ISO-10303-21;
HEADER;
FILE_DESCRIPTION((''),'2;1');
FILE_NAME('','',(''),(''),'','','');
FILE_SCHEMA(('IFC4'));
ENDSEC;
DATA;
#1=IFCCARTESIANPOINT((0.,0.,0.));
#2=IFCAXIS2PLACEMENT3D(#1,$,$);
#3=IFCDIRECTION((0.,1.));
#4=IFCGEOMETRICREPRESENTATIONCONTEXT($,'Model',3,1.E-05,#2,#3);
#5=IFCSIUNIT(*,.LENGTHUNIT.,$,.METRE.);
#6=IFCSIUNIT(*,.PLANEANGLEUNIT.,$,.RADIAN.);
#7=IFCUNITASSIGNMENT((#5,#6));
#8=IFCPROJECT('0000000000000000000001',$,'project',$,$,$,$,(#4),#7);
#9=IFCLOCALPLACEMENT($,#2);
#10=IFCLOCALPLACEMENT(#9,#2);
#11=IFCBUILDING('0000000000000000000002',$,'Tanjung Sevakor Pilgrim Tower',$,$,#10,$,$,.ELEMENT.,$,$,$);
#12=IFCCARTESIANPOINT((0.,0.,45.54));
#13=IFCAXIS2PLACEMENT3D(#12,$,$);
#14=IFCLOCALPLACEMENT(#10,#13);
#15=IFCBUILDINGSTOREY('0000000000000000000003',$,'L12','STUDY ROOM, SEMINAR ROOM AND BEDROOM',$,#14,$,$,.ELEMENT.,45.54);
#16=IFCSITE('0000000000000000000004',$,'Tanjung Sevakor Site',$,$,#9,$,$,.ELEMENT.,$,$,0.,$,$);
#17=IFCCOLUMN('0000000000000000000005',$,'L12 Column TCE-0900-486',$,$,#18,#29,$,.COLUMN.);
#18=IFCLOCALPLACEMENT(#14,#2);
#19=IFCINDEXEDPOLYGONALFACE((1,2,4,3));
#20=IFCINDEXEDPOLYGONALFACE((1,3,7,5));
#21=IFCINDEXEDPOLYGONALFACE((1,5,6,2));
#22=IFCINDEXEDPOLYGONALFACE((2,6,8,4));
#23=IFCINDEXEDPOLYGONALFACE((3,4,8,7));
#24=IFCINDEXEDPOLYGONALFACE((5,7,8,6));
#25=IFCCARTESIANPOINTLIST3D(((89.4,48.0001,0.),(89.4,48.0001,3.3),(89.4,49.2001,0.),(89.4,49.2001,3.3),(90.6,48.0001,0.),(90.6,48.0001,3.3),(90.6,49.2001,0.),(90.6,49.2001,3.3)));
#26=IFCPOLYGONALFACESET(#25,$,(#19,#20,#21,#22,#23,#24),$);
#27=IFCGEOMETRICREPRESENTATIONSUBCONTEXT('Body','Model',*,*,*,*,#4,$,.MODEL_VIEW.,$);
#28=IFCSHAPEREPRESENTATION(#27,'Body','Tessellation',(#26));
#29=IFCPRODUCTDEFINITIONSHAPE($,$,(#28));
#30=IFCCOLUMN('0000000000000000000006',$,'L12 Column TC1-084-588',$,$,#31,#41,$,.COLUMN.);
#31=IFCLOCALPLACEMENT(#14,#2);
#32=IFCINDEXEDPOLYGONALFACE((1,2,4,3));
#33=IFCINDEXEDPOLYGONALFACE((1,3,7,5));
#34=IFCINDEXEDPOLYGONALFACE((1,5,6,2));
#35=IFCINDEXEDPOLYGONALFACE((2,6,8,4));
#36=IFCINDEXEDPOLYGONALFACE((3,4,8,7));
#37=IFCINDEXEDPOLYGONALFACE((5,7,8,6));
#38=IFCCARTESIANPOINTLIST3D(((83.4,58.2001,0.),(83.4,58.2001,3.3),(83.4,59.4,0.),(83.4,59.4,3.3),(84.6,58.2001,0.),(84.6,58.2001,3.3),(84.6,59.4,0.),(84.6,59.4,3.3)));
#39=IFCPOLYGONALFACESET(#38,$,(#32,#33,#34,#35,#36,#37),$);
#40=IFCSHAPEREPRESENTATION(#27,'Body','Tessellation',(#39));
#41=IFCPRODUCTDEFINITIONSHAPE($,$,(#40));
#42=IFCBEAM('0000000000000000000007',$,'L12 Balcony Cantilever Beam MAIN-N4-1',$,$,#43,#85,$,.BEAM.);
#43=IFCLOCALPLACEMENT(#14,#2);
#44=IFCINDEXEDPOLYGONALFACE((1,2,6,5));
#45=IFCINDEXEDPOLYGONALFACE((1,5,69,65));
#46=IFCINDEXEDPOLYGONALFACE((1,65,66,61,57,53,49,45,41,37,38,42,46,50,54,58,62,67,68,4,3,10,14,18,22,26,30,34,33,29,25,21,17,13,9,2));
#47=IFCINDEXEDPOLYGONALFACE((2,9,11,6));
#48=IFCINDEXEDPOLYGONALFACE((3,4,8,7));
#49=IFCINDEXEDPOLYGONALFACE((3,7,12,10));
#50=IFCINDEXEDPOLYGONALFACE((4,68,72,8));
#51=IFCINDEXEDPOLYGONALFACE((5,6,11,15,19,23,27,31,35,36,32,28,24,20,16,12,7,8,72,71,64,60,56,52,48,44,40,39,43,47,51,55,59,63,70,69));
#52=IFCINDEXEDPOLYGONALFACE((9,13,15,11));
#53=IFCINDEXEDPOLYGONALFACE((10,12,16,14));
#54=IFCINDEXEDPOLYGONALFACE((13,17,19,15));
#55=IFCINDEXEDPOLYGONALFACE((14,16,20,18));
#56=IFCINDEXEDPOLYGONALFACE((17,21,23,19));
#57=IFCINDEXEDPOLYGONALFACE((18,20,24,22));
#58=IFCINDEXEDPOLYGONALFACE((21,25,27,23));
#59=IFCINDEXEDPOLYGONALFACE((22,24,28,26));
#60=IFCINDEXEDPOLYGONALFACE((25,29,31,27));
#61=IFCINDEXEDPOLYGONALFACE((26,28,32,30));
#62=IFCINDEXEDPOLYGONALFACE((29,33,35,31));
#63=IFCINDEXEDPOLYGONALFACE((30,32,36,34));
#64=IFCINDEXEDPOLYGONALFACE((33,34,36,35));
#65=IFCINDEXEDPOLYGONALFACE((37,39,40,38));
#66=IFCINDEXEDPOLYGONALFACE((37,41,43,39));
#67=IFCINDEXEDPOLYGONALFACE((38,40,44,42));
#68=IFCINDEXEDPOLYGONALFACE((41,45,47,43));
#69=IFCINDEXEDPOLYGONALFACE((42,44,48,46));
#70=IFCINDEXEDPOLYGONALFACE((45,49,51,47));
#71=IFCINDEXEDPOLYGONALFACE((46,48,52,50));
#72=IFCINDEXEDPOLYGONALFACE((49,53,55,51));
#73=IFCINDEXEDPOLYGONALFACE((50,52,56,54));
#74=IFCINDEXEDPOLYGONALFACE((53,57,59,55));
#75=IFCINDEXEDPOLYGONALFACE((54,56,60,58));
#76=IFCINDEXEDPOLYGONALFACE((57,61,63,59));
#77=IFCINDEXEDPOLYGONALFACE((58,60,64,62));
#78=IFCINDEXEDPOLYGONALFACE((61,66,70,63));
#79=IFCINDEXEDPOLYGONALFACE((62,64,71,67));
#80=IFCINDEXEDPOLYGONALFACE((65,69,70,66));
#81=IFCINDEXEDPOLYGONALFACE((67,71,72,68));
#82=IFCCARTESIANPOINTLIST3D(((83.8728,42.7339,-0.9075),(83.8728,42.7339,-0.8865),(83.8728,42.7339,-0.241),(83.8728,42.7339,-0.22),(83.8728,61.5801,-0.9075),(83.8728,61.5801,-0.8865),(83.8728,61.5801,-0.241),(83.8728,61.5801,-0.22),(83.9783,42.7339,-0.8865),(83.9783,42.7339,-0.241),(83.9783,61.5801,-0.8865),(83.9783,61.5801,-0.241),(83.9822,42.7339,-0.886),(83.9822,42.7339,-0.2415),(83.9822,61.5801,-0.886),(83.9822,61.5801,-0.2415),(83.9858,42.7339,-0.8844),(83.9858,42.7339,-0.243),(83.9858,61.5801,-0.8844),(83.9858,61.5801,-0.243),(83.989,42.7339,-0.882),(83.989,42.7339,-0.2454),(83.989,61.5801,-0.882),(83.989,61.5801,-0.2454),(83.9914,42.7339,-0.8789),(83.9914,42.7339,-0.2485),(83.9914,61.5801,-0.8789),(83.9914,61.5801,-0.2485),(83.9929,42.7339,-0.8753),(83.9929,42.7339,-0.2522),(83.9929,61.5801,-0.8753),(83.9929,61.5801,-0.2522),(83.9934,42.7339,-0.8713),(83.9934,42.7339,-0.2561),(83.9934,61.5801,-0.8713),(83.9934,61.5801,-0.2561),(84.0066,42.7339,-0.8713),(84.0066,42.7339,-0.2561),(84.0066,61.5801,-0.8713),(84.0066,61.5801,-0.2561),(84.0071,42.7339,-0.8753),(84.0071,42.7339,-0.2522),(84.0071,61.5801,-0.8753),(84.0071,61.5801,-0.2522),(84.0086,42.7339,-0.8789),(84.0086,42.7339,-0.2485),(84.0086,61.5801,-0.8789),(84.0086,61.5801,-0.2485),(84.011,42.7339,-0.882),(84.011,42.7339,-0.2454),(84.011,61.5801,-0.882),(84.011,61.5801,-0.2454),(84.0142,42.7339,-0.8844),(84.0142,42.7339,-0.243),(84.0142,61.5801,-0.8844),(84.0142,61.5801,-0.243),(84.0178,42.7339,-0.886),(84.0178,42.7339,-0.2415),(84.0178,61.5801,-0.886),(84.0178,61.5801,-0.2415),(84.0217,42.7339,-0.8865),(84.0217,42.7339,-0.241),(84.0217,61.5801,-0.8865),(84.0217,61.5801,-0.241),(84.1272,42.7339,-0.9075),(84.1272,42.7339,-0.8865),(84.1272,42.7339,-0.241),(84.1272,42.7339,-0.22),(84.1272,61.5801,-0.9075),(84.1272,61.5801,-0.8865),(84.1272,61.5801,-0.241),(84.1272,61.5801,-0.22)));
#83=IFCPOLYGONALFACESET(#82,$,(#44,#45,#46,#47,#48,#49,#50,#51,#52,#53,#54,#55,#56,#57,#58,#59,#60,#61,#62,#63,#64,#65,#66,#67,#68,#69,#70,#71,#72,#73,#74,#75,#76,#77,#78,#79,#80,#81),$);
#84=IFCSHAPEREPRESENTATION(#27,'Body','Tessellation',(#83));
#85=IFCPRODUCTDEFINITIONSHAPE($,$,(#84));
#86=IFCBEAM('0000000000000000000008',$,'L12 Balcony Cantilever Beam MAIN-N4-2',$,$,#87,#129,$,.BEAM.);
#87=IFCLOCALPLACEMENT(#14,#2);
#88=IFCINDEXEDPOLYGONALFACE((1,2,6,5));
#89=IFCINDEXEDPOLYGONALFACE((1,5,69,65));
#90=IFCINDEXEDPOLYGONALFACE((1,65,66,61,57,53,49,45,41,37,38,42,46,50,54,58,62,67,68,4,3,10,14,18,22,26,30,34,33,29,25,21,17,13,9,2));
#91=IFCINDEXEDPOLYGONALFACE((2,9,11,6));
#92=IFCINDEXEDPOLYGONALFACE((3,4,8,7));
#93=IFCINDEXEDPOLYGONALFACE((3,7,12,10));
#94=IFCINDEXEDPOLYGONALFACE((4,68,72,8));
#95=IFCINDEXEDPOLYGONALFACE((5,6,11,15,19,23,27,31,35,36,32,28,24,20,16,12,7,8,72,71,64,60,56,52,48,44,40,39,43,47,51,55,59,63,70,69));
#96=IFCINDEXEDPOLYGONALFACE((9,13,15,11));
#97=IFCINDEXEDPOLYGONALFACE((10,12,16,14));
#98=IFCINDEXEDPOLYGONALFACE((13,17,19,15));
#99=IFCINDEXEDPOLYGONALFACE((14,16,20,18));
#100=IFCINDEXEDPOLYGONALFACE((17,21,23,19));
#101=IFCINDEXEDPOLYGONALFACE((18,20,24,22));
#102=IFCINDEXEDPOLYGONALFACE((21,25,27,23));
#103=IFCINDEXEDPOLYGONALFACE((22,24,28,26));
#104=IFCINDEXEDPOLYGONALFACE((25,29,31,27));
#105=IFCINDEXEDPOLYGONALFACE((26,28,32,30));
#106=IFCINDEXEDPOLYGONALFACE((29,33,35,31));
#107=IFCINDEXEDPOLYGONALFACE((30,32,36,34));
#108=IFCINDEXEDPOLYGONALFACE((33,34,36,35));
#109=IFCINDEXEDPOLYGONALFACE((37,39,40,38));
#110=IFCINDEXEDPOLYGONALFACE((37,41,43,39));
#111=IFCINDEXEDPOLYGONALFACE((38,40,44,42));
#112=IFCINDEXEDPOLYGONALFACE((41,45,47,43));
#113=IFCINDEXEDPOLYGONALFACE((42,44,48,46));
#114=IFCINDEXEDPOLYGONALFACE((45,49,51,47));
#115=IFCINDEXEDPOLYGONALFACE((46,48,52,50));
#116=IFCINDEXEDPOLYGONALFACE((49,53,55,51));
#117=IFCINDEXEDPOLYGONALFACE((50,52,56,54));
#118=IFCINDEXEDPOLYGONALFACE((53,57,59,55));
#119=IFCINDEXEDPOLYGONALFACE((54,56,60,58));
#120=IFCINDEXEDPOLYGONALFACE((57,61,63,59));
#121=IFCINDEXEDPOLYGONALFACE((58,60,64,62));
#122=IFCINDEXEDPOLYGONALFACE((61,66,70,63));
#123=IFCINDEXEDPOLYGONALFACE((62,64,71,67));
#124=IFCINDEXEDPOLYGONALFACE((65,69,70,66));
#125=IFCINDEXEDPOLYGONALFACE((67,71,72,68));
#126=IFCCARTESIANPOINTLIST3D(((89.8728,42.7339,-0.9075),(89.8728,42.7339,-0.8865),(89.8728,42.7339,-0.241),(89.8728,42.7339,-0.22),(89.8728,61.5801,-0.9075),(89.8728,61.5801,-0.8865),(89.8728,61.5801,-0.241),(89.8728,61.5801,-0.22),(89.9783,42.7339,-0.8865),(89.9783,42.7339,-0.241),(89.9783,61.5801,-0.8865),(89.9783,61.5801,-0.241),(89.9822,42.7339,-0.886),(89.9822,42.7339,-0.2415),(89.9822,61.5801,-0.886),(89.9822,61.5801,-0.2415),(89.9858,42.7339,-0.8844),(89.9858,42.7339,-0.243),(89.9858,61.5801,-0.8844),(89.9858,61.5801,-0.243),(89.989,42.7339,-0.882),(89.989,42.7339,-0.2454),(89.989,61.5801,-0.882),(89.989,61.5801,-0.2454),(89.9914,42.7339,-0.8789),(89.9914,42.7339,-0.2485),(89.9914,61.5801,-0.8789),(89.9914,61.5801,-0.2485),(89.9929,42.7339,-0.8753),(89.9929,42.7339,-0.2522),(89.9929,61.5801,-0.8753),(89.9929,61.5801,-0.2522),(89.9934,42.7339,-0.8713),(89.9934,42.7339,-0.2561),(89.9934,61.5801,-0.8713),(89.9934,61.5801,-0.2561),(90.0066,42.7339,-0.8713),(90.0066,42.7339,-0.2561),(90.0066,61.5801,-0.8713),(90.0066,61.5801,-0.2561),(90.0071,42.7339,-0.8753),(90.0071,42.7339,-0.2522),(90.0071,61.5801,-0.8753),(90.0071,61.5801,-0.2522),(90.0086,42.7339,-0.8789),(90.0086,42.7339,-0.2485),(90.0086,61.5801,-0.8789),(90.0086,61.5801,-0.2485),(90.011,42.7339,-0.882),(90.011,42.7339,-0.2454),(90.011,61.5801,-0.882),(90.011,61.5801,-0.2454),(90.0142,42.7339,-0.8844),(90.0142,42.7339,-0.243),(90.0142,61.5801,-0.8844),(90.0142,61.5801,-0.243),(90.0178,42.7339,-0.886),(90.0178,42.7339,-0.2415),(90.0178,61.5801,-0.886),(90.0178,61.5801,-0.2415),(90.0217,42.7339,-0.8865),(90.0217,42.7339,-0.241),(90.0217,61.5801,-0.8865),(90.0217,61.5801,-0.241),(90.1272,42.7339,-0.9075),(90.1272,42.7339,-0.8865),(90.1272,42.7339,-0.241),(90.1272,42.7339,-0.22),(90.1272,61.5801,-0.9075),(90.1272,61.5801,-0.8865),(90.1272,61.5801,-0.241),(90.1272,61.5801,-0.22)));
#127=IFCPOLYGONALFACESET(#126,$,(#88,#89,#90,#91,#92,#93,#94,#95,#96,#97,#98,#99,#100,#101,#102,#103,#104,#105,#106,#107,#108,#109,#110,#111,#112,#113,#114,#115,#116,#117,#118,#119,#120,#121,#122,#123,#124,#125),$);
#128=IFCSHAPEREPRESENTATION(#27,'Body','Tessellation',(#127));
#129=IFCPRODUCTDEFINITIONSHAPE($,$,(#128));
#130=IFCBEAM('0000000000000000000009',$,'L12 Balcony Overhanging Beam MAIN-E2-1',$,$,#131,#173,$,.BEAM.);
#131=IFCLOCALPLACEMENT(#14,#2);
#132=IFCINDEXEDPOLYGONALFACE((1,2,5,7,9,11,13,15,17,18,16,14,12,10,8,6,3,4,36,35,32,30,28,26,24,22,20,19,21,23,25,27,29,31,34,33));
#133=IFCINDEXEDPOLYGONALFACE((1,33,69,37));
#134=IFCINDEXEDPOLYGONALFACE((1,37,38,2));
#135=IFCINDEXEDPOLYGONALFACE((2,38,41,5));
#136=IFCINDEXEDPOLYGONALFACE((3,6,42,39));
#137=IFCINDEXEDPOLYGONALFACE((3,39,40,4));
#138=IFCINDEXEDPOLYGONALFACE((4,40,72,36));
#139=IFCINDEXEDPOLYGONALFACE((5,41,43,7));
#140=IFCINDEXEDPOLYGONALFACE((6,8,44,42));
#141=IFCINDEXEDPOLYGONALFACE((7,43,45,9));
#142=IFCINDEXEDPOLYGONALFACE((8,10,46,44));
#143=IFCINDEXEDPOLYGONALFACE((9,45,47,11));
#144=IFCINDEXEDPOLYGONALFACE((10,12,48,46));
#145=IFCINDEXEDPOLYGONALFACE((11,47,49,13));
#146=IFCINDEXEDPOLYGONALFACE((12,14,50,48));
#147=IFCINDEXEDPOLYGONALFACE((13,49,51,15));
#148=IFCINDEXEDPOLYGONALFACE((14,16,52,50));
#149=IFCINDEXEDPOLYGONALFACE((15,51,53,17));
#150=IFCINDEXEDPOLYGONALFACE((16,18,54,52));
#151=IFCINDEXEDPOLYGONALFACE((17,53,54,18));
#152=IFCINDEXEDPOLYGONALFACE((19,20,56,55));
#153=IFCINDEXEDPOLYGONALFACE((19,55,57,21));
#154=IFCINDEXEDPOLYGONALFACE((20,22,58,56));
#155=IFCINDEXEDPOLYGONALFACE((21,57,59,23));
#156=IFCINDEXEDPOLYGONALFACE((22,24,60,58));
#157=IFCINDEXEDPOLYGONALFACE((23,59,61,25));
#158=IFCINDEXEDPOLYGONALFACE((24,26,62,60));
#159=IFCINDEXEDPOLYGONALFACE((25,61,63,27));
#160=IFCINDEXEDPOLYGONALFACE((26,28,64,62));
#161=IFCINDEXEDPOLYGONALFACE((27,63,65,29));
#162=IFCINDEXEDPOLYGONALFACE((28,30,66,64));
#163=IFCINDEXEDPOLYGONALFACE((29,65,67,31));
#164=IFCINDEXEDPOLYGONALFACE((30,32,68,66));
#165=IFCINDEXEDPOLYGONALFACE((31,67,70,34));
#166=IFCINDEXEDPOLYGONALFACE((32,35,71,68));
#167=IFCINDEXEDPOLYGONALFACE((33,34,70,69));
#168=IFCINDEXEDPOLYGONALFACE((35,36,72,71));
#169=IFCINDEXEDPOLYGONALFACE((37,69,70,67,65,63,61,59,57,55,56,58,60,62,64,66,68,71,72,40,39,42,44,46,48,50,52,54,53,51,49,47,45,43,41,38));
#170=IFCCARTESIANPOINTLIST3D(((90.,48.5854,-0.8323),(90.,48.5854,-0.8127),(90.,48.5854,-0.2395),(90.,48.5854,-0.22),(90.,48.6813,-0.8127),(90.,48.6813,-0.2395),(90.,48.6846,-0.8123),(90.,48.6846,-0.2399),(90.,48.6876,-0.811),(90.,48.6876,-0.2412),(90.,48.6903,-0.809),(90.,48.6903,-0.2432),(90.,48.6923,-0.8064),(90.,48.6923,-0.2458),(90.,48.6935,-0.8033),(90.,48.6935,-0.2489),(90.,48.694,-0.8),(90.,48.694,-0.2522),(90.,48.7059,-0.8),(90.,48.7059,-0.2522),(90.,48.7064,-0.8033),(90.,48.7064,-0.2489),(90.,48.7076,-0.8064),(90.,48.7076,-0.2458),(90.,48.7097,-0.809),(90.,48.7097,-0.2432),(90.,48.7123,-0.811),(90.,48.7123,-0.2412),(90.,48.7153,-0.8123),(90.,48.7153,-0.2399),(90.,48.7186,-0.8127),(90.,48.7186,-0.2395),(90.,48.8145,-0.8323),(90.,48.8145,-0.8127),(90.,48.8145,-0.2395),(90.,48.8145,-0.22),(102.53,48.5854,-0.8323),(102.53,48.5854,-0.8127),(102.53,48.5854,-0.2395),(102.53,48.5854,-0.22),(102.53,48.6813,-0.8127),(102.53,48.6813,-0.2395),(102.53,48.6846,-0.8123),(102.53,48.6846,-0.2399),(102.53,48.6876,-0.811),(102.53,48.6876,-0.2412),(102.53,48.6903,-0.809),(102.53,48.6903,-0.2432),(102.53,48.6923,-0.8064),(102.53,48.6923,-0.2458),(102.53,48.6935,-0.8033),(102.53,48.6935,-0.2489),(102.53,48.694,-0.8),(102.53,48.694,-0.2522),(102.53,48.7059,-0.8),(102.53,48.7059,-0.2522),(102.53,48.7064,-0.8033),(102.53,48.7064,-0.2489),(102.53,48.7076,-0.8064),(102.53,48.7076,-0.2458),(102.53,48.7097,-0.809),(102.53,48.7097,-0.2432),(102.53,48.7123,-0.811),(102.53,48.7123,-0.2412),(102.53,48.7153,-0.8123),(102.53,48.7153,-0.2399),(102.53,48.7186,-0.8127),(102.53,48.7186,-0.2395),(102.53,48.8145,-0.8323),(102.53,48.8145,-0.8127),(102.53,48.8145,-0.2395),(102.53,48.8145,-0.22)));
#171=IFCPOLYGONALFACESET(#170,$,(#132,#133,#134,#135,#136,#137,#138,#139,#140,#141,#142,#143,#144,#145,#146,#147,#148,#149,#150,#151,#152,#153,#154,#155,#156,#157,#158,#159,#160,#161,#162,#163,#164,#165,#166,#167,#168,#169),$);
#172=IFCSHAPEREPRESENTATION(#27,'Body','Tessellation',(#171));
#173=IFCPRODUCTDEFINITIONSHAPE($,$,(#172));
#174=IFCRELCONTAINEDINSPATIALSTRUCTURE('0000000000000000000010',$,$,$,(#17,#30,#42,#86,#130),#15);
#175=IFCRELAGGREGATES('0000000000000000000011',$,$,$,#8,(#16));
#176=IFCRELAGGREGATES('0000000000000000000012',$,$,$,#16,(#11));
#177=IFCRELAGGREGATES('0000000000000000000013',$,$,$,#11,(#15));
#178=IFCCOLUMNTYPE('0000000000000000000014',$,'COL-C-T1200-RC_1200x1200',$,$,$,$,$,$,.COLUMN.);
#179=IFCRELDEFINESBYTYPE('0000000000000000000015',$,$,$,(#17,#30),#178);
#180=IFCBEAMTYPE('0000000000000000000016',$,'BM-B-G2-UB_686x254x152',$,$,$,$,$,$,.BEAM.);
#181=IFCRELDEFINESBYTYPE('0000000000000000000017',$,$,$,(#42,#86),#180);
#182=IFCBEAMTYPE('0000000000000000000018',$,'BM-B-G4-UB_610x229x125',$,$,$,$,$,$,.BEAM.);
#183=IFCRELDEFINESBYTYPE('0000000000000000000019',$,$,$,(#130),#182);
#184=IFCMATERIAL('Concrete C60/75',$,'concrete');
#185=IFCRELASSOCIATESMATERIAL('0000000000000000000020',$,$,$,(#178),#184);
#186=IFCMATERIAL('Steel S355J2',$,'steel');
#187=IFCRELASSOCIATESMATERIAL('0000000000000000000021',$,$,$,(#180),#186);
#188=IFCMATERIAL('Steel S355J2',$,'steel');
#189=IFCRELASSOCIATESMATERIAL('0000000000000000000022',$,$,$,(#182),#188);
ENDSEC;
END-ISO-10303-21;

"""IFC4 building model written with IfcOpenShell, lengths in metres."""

from ifc_helpers import new_model, si_unit, direction, frame, origin, origin_2d, place, context, subcontext, project, spatial, rectangle, i_section, extrude, material, material_profile, profile_set, type_object, element, save


model = new_model("IFC4")

# Units and contexts
model_context = context("Model", 3, precision=1e-05, world=origin(), true_north=direction((0.0, 1.0)))
body_context = subcontext(model_context, "Body", "Model", "MODEL_VIEW")
ifc_project = project(units=[si_unit("LENGTHUNIT", "METRE"), si_unit("PLANEANGLEUNIT", "RADIAN")], contexts=[model_context])

# Site, building, storey
site_placement = place(None, origin())
site = spatial("IfcSite", under=ifc_project, at=site_placement, Name="Tanjung Sevakor Site", CompositionType="ELEMENT", RefElevation=0.0)
building_placement = place(site_placement, origin())
building = spatial("IfcBuilding", under=site, at=building_placement, Name="Tanjung Sevakor Pilgrim Tower", CompositionType="ELEMENT")
storey_placement = place(building_placement, frame((0.0, 0.0, 45.54)))
storey = spatial("IfcBuildingStorey", under=building, at=storey_placement, Name="L12", Description="STUDY ROOM, SEMINAR ROOM AND BEDROOM", CompositionType="ELEMENT", Elevation=45.54)

# Columns
ifc_material_1 = material(Name="Concrete C60/75", Category="concrete")
ifc_material_profile_1 = material_profile(ifc_material_1, rectangle(XDim=1.2, YDim=1.2, at=origin_2d()))
ifc_profile_set_1 = profile_set([ifc_material_profile_1], Name="Concrete C60/75")
column_type = type_object("IfcColumnType", Name="COL-C-T1200-RC_1200x1200", PredefinedType="COLUMN", material=ifc_profile_set_1)
for number, where, z_axis, x_axis, name in (
    (1, (90.0, 48.6001, 0.0), (0.0, 0.0, 1.0), (1.0, 0.0, 0.0), "L12 Column TCE-0900-486"),
    (2, (84.0, 58.8, 0.0), (0.0, 0.0, 1.0), (1.0, 0.0, 0.0), "L12 Column TC1-084-588"),
):
    element("IfcColumn", number, at=place(storey_placement, frame(where, z_axis=z_axis, x_axis=x_axis)), inside=storey, type_object=column_type, Name=name, PredefinedType="COLUMN", context=body_context, shape_type="SweptSolid", body=[
        extrude(rectangle(XDim=1.2, YDim=1.2, at=origin_2d()), origin(), (0.0, 0.0, 1.0), 3.3),
    ])

# Beams
ifc_material_2 = material(Name="Steel S355J2", Category="steel")
ifc_material_profile_2 = material_profile(ifc_material_2, i_section(OverallWidth=0.2544, OverallDepth=0.6875, WebThickness=0.0132, FlangeThickness=0.021, FilletRadius=0.0151, at=origin_2d()))
ifc_profile_set_2 = profile_set([ifc_material_profile_2], Name="Steel S355J2")
beam_type_1 = type_object("IfcBeamType", Name="BM-B-G2-UB_686x254x152", PredefinedType="BEAM", material=ifc_profile_set_2)
for number, where, z_axis, x_axis, name in (
    (3, (84.0, 42.7339, -0.5637), (0.0, 1.0, 0.0), (-1.0, 0.0, 0.0), "L12 Balcony Cantilever Beam MAIN-N4-1"),
    (4, (90.0, 42.7339, -0.5637), (0.0, 1.0, 0.0), (-1.0, 0.0, 0.0), "L12 Balcony Cantilever Beam MAIN-N4-2"),
):
    element("IfcBeam", number, at=place(storey_placement, frame(where, z_axis=z_axis, x_axis=x_axis)), inside=storey, type_object=beam_type_1, Name=name, PredefinedType="BEAM", context=body_context, shape_type="SweptSolid", body=[
        extrude(i_section(OverallWidth=0.2544, OverallDepth=0.6875, WebThickness=0.0132, FlangeThickness=0.021, FilletRadius=0.0151, at=origin_2d()), origin(), (0.0, 0.0, 1.0), 18.8462),
    ])
ifc_material_3 = material(Name="Steel S355J2", Category="steel")
ifc_material_profile_3 = material_profile(ifc_material_3, i_section(OverallWidth=0.229, OverallDepth=0.6123, WebThickness=0.012, FlangeThickness=0.0195, FilletRadius=0.0127, at=origin_2d()))
ifc_profile_set_3 = profile_set([ifc_material_profile_3], Name="Steel S355J2")
beam_type_2 = type_object("IfcBeamType", Name="BM-B-G4-UB_610x229x125", PredefinedType="BEAM", material=ifc_profile_set_3)
for number, where, z_axis, x_axis, name in (
    (5, (90.0, 48.7, -0.5261), (1.0, 0.0, 0.0), (0.0, 1.0, 0.0), "L12 Balcony Overhanging Beam MAIN-E2-1"),
):
    element("IfcBeam", number, at=place(storey_placement, frame(where, z_axis=z_axis, x_axis=x_axis)), inside=storey, type_object=beam_type_2, Name=name, PredefinedType="BEAM", context=body_context, shape_type="SweptSolid", body=[
        extrude(i_section(OverallWidth=0.229, OverallDepth=0.6123, WebThickness=0.012, FlangeThickness=0.0195, FilletRadius=0.0127, at=origin_2d()), origin(), (0.0, 0.0, 1.0), 12.53),
    ])

save(model, "model.ifc")
